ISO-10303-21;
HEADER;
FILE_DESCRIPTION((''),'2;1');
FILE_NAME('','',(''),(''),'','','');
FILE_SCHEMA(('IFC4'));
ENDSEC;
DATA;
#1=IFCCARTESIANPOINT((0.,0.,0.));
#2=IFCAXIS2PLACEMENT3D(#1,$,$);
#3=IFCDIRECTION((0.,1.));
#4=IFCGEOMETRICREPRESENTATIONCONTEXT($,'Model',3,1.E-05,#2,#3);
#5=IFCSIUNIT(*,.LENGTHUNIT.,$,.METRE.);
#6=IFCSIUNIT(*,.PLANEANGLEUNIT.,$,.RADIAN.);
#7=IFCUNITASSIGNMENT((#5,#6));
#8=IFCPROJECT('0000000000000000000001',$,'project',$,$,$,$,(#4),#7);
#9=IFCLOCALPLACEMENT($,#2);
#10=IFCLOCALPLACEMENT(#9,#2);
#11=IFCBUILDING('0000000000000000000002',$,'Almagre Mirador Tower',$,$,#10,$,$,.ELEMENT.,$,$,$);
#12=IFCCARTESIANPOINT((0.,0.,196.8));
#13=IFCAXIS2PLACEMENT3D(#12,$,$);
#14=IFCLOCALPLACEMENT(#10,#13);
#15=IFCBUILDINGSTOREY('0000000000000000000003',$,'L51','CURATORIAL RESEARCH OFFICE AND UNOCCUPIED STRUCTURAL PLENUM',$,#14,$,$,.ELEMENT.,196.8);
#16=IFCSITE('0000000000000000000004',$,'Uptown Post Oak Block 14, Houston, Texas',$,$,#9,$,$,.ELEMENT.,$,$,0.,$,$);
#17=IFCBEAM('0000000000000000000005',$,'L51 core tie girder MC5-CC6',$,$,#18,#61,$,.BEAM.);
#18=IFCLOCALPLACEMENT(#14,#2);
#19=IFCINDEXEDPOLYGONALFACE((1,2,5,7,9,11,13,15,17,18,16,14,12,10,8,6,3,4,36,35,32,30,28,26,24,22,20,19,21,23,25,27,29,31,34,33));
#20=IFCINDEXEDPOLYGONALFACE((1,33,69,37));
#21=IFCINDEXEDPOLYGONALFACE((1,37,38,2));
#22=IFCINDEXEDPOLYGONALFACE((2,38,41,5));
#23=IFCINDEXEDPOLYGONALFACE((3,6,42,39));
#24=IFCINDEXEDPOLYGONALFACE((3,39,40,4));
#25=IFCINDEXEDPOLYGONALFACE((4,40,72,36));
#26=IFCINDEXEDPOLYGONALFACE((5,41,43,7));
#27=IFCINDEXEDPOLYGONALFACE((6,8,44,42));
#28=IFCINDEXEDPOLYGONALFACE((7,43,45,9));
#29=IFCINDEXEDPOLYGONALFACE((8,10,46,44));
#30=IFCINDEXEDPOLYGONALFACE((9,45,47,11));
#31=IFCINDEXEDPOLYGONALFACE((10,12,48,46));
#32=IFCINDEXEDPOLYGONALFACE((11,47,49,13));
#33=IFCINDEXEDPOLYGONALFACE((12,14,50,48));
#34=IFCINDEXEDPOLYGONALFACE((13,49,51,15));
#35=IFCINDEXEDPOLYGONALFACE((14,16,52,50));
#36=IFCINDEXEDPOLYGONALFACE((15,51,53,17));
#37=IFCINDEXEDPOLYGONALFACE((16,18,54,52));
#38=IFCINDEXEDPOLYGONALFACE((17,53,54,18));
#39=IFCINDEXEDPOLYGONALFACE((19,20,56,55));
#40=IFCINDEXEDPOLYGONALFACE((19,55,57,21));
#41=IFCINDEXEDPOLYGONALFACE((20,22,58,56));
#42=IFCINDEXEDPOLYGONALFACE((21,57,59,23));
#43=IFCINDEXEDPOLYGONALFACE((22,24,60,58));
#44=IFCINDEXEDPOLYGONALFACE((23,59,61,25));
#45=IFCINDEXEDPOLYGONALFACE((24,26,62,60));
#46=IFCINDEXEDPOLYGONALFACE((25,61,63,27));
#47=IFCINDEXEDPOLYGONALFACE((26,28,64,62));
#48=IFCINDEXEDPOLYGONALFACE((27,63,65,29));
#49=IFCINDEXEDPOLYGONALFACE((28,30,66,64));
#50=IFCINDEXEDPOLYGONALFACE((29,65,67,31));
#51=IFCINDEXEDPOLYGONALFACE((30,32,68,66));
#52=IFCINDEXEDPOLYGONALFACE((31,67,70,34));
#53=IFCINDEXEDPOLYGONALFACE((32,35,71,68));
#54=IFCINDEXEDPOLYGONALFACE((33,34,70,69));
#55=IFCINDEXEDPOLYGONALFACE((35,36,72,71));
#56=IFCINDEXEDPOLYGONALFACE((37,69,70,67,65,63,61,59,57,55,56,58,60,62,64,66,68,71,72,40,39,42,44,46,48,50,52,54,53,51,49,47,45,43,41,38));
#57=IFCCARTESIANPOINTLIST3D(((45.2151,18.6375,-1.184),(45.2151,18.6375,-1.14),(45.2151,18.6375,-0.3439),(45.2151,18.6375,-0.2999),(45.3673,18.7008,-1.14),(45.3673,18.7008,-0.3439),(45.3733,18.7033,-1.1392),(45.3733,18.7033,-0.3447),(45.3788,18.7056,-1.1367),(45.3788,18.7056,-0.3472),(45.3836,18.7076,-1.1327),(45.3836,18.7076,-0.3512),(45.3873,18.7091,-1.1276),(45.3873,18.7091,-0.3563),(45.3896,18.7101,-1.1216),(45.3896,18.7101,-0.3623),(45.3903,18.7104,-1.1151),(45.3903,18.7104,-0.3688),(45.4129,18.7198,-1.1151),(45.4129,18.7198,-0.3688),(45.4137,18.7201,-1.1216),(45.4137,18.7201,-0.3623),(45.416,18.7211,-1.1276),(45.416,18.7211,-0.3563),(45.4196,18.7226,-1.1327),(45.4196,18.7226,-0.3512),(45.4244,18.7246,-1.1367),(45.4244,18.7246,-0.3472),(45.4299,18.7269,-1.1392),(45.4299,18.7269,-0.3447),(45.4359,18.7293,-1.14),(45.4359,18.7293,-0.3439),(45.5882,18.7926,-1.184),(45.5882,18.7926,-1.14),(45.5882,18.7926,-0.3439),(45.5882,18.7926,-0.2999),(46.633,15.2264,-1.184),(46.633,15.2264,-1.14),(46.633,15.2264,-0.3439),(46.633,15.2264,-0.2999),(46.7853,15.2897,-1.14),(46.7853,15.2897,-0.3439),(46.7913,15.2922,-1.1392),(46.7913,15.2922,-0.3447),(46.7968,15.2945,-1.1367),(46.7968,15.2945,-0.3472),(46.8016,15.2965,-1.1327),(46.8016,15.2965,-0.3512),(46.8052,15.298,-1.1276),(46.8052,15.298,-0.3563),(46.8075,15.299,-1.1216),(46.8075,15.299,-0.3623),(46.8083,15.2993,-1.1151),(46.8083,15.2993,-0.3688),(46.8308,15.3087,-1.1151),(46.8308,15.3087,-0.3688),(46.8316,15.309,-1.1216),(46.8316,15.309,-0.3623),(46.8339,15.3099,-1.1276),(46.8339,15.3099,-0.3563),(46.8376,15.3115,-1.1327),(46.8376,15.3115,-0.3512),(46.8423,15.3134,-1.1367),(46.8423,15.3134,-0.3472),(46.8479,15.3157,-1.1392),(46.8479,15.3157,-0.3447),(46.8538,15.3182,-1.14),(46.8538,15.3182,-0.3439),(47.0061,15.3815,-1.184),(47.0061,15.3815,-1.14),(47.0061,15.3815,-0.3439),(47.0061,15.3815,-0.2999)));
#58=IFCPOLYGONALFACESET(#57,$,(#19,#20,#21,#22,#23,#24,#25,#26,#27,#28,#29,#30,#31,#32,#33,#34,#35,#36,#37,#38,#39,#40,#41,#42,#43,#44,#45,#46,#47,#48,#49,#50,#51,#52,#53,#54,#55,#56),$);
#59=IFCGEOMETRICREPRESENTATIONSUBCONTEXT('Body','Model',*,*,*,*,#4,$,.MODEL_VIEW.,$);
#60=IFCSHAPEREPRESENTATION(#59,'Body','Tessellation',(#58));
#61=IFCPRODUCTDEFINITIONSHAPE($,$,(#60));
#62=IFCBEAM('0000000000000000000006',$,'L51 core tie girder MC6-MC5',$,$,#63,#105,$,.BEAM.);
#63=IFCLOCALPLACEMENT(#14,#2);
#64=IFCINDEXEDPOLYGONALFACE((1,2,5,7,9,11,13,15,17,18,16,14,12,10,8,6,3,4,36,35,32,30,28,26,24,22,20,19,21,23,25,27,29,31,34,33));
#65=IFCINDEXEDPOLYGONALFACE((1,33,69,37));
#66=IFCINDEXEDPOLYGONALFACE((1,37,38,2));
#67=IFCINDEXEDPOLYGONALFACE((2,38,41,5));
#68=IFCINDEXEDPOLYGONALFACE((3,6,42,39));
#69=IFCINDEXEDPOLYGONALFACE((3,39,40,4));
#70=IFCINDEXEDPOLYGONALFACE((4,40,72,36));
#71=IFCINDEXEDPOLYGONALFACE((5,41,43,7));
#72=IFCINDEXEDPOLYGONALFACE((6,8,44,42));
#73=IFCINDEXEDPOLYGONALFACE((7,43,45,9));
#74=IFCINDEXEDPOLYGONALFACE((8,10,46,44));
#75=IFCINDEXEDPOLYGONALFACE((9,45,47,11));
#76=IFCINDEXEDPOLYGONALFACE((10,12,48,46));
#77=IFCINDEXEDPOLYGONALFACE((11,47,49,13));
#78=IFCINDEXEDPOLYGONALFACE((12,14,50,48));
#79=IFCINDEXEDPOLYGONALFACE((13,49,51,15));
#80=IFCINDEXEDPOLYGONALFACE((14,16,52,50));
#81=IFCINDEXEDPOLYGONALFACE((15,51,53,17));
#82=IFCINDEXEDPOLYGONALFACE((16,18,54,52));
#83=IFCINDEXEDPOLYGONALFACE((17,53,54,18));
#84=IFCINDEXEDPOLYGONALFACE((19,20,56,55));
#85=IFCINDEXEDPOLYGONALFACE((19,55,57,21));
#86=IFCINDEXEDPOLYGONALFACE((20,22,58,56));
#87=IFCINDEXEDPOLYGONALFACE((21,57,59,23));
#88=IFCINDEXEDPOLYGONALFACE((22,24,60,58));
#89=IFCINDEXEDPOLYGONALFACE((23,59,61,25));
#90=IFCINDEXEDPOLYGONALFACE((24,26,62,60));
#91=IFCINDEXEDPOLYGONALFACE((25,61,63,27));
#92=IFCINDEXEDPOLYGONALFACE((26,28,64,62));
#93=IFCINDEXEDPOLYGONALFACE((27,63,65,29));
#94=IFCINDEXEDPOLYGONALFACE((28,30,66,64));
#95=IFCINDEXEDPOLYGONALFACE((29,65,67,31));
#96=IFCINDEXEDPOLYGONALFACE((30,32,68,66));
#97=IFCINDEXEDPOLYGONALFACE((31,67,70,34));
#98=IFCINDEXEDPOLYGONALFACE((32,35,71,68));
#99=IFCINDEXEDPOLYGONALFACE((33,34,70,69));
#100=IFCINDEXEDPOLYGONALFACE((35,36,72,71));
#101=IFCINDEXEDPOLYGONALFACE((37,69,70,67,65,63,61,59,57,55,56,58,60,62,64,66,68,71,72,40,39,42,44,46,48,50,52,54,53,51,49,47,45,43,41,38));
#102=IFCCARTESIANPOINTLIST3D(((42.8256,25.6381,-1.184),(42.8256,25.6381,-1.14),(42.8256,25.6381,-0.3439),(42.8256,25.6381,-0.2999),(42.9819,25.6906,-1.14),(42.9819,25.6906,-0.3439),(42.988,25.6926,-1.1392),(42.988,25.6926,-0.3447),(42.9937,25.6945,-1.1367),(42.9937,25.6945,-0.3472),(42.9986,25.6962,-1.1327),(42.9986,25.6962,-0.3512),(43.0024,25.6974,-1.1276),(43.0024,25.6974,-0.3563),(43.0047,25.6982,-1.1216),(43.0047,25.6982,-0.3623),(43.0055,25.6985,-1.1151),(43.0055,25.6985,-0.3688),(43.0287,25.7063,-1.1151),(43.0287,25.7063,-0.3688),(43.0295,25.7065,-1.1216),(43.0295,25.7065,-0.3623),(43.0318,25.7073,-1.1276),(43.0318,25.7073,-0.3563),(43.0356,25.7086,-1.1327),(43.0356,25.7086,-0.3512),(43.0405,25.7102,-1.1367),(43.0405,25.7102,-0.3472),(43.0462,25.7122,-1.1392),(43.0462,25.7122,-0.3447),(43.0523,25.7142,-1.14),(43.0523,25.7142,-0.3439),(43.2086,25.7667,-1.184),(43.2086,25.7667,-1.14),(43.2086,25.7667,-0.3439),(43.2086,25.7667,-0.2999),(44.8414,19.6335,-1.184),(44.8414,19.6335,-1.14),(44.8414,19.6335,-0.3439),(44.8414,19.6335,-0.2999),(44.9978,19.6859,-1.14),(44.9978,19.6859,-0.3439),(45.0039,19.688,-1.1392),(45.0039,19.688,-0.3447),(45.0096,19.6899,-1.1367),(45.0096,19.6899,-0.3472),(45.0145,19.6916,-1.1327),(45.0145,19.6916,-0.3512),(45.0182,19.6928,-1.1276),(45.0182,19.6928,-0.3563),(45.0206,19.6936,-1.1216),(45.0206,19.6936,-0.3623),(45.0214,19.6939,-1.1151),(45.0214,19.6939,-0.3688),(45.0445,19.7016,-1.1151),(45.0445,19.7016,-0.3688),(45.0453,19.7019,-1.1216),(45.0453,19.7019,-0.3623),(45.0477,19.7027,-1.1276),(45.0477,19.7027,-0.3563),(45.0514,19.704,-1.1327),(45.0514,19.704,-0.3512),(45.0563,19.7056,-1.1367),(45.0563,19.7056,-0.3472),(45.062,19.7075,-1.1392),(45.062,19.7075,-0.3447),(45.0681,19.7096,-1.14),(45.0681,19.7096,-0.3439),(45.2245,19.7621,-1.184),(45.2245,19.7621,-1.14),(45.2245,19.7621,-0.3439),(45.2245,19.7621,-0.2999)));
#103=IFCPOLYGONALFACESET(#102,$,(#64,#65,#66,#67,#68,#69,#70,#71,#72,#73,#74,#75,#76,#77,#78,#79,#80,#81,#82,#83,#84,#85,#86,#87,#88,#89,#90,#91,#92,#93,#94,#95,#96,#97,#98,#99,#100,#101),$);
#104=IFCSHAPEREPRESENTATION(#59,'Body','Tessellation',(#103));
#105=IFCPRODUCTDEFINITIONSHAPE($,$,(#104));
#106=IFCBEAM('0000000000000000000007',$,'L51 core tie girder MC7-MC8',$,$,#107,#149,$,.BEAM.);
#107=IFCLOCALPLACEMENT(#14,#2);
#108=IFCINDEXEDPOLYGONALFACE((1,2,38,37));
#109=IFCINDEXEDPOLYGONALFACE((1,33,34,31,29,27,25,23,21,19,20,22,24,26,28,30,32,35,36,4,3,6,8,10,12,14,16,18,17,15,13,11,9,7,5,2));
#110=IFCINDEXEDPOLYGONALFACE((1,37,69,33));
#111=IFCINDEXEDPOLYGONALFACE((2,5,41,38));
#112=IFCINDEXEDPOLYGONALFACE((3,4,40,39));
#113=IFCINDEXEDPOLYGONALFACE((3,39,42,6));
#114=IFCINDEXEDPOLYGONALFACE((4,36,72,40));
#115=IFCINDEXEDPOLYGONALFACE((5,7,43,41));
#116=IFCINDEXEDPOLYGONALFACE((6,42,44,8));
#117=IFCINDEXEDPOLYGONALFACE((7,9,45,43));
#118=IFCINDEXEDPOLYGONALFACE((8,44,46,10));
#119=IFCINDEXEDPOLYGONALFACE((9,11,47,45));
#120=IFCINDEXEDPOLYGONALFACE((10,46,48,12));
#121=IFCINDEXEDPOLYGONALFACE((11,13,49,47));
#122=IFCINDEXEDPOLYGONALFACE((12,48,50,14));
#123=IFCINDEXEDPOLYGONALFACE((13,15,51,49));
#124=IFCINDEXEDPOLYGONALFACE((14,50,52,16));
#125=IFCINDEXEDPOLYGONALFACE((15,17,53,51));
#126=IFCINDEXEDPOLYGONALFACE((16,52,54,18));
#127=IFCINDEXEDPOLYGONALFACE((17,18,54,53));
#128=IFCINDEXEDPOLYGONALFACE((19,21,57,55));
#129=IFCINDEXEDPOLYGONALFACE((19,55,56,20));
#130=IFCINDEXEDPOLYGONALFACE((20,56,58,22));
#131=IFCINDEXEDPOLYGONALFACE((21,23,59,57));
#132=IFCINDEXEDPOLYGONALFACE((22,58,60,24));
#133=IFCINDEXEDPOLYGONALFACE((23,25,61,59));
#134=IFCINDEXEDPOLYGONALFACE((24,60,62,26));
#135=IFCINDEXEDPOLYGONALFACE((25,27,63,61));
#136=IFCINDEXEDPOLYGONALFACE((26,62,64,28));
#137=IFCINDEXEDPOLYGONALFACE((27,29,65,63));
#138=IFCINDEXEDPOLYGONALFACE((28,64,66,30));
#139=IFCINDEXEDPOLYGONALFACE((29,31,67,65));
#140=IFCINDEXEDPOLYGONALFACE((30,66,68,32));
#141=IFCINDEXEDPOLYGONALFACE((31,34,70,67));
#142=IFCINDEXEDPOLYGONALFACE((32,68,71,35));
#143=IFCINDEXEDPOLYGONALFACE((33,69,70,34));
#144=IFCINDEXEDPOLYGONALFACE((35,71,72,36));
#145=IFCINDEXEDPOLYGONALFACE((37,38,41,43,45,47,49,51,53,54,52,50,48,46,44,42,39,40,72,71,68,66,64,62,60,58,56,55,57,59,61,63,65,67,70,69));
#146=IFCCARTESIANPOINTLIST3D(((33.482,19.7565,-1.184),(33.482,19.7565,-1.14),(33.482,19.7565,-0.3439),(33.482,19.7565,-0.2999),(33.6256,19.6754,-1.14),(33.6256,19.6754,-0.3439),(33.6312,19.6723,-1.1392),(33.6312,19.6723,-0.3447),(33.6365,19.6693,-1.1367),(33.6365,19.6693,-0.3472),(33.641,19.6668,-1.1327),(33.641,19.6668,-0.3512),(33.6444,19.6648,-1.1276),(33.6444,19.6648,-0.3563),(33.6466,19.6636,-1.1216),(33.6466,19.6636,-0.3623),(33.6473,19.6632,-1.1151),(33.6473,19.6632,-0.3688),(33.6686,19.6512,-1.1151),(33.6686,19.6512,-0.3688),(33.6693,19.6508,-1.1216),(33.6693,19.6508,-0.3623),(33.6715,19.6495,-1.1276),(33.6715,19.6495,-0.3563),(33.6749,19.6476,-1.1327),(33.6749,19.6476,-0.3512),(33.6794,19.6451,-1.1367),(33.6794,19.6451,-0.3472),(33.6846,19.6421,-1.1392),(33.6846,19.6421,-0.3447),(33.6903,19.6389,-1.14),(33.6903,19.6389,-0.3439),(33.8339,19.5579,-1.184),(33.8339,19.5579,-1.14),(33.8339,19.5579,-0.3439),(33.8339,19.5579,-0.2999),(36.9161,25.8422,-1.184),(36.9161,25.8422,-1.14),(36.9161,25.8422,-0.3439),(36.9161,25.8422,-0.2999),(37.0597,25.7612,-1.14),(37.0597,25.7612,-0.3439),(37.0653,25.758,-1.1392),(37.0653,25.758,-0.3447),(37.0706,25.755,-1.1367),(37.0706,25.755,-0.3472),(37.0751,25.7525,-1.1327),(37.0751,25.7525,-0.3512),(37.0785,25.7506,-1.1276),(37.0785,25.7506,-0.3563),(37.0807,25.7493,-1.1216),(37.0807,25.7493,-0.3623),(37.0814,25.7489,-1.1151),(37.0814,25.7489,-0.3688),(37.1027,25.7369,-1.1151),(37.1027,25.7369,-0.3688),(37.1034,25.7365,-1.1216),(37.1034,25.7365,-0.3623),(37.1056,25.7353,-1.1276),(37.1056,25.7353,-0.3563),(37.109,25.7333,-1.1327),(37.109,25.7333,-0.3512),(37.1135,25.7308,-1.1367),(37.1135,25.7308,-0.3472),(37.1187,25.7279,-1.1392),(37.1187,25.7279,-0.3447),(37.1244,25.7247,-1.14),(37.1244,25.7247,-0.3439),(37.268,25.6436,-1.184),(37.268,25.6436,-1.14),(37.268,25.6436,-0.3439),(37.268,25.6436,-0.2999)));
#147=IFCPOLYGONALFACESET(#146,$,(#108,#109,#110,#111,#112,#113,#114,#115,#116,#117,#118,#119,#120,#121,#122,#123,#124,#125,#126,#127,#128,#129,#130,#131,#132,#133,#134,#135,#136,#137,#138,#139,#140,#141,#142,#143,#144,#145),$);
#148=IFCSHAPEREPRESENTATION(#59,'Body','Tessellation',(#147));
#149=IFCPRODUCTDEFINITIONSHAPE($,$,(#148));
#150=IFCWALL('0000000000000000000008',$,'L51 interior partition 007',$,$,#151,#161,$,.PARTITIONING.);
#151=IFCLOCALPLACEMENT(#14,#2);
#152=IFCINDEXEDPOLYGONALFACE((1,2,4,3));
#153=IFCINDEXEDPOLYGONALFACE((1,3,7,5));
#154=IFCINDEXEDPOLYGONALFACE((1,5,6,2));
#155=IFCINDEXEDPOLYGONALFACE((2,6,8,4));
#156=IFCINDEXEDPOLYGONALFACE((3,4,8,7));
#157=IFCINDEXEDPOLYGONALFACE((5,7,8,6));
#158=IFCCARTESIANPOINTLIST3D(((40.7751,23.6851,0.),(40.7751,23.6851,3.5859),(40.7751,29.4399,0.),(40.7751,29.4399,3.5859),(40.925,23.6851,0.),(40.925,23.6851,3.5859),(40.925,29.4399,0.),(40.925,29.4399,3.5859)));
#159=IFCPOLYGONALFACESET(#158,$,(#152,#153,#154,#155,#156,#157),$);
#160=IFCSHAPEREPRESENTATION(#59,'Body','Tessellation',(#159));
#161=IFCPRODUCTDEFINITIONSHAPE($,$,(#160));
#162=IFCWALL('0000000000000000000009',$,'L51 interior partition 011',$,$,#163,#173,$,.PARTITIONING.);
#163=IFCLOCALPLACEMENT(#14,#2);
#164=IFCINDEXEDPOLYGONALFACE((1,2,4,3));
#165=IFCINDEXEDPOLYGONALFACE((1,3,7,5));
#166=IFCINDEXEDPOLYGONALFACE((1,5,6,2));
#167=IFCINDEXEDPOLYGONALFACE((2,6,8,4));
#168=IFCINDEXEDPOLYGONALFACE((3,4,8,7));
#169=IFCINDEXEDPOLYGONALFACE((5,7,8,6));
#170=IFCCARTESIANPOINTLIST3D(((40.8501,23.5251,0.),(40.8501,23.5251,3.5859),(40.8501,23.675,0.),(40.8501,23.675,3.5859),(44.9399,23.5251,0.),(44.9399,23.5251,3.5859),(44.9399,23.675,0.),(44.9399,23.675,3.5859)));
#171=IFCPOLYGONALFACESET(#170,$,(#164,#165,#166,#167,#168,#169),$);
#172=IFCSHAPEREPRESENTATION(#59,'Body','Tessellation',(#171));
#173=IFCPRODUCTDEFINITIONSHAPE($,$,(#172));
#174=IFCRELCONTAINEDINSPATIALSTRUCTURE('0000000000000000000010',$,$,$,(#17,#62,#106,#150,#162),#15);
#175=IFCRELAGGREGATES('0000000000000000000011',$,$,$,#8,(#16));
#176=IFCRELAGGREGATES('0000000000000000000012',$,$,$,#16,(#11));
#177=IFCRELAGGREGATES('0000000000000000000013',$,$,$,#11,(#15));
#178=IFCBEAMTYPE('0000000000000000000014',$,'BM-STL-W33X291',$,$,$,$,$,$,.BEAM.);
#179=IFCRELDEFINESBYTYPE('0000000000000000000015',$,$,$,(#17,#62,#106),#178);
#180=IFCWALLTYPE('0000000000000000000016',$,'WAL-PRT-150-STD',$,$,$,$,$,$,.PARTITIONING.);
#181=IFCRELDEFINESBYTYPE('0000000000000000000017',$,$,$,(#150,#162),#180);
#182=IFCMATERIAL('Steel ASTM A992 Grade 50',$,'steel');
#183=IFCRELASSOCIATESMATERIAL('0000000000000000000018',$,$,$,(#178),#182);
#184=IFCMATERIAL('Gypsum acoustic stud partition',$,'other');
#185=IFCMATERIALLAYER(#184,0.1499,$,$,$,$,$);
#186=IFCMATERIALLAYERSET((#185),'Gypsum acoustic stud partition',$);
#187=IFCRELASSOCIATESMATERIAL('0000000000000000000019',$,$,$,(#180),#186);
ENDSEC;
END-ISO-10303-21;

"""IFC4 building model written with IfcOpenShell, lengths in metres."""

from ifc_helpers import new_model, si_unit, direction, frame, frame_2d, origin, origin_2d, place, context, subcontext, project, spatial, rectangle, i_section, extrude, material, layer, layer_set, material_profile, profile_set, type_object, element, save


model = new_model("IFC4")

# Units and contexts
model_context = context("Model", 3, precision=1e-05, world=origin(), true_north=direction((0.0, 1.0)))
body_context = subcontext(model_context, "Body", "Model", "MODEL_VIEW")
ifc_project = project(units=[si_unit("LENGTHUNIT", "METRE"), si_unit("PLANEANGLEUNIT", "RADIAN")], contexts=[model_context])

# Site, building, storey
site_placement = place(None, origin())
site = spatial("IfcSite", under=ifc_project, at=site_placement, Name="Uptown Post Oak Block 14, Houston, Texas", CompositionType="ELEMENT", RefElevation=0.0)
building_placement = place(site_placement, origin())
building = spatial("IfcBuilding", under=site, at=building_placement, Name="Almagre Mirador Tower", CompositionType="ELEMENT")
storey_placement = place(building_placement, frame((0.0, 0.0, 196.8)))
storey = spatial("IfcBuildingStorey", under=building, at=storey_placement, Name="L51", Description="CURATORIAL RESEARCH OFFICE AND UNOCCUPIED STRUCTURAL PLENUM", CompositionType="ELEMENT", Elevation=196.8)

# Beams
ifc_material_1 = material(Name="Steel ASTM A992 Grade 50", Category="steel")
ifc_material_profile_1 = material_profile(ifc_material_1, i_section(OverallWidth=0.4041, OverallDepth=0.884, WebThickness=0.0244, FlangeThickness=0.0439, FilletRadius=0.0249, at=origin_2d()), Name="W33X291")
ifc_profile_set_1 = profile_set([ifc_material_profile_1], Name="Steel ASTM A992 Grade 50")
beam_type_1 = type_object("IfcBeamType", Name="BM-STL-W33X291", PredefinedType="BEAM", material=ifc_profile_set_1)
beam_1_placement = place(storey_placement, frame((45.4016, 18.7151, -0.7419), z_axis=(0.383846, -0.923397, 0.0), x_axis=(0.923397, 0.383846, 0.0)))
element("IfcBeam", 1, at=beam_1_placement, inside=storey, type_object=beam_type_1, Name="L51 core tie girder MC5-CC6", PredefinedType="BEAM", context=body_context, shape_type="SweptSolid", body=[
    extrude(i_section(OverallWidth=0.4041, OverallDepth=0.884, WebThickness=0.0244, FlangeThickness=0.0439, FilletRadius=0.0249, at=origin_2d()), origin(), (0.0, 0.0, 1.0), 3.6941),
])
beam_2_placement = place(storey_placement, frame((43.0171, 25.7024, -0.7419), z_axis=(0.318262, -0.948003, 0.0), x_axis=(0.948003, 0.318262, 0.0)))
element("IfcBeam", 2, at=beam_2_placement, inside=storey, type_object=beam_type_1, Name="L51 core tie girder MC6-MC5", PredefinedType="BEAM", context=body_context, shape_type="SweptSolid", body=[
    extrude(i_section(OverallWidth=0.4041, OverallDepth=0.884, WebThickness=0.0244, FlangeThickness=0.0439, FilletRadius=0.0249, at=origin_2d()), origin(), (0.0, 0.0, 1.0), 6.334),
])
beam_3_placement = place(storey_placement, frame((37.092, 25.7429, -0.7419), z_axis=(-0.491444, -0.870909, 0.0), x_axis=(0.870909, -0.491444, 0.0)))
element("IfcBeam", 3, at=beam_3_placement, inside=storey, type_object=beam_type_1, Name="L51 core tie girder MC7-MC8", PredefinedType="BEAM", context=body_context, shape_type="SweptSolid", body=[
    extrude(i_section(OverallWidth=0.4041, OverallDepth=0.884, WebThickness=0.0244, FlangeThickness=0.0439, FilletRadius=0.0249, at=origin_2d()), origin(), (0.0, 0.0, 1.0), 6.9878),
])

# Walls
ifc_material_2 = material(Name="Gypsum acoustic stud partition", Category="other")
ifc_layer_1 = layer(ifc_material_2, 0.1499)
ifc_layer_set_1 = layer_set([ifc_layer_1], Name="Gypsum acoustic stud partition")
wall_type_1 = type_object("IfcWallType", Name="WAL-PRT-150-STD", PredefinedType="PARTITIONING", material=ifc_layer_set_1)
wall_1_placement = place(storey_placement, frame((40.8501, 23.6851, 0.0), z_axis=(0.0, 0.0, 1.0), x_axis=(0.0, 1.0, 0.0)))
element("IfcWall", 4, at=wall_1_placement, inside=storey, type_object=wall_type_1, Name="L51 interior partition 007", PredefinedType="PARTITIONING", context=body_context, shape_type="SweptSolid", body=[
    extrude(rectangle(XDim=5.7549, YDim=0.1499, at=frame_2d((2.8774, 0.0))), origin(), (0.0, 0.0, 1.0), 3.5859),
])
wall_2_placement = place(storey_placement, frame((44.9399, 23.6001, 0.0), z_axis=(0.0, 0.0, 1.0), x_axis=(-1.0, 0.0, 0.0)))
element("IfcWall", 5, at=wall_2_placement, inside=storey, type_object=wall_type_1, Name="L51 interior partition 011", PredefinedType="PARTITIONING", context=body_context, shape_type="SweptSolid", body=[
    extrude(rectangle(XDim=4.0898, YDim=0.1499, at=frame_2d((2.0449, 0.0))), origin(), (0.0, 0.0, 1.0), 3.5859),
])

save(model, "model.ifc")
